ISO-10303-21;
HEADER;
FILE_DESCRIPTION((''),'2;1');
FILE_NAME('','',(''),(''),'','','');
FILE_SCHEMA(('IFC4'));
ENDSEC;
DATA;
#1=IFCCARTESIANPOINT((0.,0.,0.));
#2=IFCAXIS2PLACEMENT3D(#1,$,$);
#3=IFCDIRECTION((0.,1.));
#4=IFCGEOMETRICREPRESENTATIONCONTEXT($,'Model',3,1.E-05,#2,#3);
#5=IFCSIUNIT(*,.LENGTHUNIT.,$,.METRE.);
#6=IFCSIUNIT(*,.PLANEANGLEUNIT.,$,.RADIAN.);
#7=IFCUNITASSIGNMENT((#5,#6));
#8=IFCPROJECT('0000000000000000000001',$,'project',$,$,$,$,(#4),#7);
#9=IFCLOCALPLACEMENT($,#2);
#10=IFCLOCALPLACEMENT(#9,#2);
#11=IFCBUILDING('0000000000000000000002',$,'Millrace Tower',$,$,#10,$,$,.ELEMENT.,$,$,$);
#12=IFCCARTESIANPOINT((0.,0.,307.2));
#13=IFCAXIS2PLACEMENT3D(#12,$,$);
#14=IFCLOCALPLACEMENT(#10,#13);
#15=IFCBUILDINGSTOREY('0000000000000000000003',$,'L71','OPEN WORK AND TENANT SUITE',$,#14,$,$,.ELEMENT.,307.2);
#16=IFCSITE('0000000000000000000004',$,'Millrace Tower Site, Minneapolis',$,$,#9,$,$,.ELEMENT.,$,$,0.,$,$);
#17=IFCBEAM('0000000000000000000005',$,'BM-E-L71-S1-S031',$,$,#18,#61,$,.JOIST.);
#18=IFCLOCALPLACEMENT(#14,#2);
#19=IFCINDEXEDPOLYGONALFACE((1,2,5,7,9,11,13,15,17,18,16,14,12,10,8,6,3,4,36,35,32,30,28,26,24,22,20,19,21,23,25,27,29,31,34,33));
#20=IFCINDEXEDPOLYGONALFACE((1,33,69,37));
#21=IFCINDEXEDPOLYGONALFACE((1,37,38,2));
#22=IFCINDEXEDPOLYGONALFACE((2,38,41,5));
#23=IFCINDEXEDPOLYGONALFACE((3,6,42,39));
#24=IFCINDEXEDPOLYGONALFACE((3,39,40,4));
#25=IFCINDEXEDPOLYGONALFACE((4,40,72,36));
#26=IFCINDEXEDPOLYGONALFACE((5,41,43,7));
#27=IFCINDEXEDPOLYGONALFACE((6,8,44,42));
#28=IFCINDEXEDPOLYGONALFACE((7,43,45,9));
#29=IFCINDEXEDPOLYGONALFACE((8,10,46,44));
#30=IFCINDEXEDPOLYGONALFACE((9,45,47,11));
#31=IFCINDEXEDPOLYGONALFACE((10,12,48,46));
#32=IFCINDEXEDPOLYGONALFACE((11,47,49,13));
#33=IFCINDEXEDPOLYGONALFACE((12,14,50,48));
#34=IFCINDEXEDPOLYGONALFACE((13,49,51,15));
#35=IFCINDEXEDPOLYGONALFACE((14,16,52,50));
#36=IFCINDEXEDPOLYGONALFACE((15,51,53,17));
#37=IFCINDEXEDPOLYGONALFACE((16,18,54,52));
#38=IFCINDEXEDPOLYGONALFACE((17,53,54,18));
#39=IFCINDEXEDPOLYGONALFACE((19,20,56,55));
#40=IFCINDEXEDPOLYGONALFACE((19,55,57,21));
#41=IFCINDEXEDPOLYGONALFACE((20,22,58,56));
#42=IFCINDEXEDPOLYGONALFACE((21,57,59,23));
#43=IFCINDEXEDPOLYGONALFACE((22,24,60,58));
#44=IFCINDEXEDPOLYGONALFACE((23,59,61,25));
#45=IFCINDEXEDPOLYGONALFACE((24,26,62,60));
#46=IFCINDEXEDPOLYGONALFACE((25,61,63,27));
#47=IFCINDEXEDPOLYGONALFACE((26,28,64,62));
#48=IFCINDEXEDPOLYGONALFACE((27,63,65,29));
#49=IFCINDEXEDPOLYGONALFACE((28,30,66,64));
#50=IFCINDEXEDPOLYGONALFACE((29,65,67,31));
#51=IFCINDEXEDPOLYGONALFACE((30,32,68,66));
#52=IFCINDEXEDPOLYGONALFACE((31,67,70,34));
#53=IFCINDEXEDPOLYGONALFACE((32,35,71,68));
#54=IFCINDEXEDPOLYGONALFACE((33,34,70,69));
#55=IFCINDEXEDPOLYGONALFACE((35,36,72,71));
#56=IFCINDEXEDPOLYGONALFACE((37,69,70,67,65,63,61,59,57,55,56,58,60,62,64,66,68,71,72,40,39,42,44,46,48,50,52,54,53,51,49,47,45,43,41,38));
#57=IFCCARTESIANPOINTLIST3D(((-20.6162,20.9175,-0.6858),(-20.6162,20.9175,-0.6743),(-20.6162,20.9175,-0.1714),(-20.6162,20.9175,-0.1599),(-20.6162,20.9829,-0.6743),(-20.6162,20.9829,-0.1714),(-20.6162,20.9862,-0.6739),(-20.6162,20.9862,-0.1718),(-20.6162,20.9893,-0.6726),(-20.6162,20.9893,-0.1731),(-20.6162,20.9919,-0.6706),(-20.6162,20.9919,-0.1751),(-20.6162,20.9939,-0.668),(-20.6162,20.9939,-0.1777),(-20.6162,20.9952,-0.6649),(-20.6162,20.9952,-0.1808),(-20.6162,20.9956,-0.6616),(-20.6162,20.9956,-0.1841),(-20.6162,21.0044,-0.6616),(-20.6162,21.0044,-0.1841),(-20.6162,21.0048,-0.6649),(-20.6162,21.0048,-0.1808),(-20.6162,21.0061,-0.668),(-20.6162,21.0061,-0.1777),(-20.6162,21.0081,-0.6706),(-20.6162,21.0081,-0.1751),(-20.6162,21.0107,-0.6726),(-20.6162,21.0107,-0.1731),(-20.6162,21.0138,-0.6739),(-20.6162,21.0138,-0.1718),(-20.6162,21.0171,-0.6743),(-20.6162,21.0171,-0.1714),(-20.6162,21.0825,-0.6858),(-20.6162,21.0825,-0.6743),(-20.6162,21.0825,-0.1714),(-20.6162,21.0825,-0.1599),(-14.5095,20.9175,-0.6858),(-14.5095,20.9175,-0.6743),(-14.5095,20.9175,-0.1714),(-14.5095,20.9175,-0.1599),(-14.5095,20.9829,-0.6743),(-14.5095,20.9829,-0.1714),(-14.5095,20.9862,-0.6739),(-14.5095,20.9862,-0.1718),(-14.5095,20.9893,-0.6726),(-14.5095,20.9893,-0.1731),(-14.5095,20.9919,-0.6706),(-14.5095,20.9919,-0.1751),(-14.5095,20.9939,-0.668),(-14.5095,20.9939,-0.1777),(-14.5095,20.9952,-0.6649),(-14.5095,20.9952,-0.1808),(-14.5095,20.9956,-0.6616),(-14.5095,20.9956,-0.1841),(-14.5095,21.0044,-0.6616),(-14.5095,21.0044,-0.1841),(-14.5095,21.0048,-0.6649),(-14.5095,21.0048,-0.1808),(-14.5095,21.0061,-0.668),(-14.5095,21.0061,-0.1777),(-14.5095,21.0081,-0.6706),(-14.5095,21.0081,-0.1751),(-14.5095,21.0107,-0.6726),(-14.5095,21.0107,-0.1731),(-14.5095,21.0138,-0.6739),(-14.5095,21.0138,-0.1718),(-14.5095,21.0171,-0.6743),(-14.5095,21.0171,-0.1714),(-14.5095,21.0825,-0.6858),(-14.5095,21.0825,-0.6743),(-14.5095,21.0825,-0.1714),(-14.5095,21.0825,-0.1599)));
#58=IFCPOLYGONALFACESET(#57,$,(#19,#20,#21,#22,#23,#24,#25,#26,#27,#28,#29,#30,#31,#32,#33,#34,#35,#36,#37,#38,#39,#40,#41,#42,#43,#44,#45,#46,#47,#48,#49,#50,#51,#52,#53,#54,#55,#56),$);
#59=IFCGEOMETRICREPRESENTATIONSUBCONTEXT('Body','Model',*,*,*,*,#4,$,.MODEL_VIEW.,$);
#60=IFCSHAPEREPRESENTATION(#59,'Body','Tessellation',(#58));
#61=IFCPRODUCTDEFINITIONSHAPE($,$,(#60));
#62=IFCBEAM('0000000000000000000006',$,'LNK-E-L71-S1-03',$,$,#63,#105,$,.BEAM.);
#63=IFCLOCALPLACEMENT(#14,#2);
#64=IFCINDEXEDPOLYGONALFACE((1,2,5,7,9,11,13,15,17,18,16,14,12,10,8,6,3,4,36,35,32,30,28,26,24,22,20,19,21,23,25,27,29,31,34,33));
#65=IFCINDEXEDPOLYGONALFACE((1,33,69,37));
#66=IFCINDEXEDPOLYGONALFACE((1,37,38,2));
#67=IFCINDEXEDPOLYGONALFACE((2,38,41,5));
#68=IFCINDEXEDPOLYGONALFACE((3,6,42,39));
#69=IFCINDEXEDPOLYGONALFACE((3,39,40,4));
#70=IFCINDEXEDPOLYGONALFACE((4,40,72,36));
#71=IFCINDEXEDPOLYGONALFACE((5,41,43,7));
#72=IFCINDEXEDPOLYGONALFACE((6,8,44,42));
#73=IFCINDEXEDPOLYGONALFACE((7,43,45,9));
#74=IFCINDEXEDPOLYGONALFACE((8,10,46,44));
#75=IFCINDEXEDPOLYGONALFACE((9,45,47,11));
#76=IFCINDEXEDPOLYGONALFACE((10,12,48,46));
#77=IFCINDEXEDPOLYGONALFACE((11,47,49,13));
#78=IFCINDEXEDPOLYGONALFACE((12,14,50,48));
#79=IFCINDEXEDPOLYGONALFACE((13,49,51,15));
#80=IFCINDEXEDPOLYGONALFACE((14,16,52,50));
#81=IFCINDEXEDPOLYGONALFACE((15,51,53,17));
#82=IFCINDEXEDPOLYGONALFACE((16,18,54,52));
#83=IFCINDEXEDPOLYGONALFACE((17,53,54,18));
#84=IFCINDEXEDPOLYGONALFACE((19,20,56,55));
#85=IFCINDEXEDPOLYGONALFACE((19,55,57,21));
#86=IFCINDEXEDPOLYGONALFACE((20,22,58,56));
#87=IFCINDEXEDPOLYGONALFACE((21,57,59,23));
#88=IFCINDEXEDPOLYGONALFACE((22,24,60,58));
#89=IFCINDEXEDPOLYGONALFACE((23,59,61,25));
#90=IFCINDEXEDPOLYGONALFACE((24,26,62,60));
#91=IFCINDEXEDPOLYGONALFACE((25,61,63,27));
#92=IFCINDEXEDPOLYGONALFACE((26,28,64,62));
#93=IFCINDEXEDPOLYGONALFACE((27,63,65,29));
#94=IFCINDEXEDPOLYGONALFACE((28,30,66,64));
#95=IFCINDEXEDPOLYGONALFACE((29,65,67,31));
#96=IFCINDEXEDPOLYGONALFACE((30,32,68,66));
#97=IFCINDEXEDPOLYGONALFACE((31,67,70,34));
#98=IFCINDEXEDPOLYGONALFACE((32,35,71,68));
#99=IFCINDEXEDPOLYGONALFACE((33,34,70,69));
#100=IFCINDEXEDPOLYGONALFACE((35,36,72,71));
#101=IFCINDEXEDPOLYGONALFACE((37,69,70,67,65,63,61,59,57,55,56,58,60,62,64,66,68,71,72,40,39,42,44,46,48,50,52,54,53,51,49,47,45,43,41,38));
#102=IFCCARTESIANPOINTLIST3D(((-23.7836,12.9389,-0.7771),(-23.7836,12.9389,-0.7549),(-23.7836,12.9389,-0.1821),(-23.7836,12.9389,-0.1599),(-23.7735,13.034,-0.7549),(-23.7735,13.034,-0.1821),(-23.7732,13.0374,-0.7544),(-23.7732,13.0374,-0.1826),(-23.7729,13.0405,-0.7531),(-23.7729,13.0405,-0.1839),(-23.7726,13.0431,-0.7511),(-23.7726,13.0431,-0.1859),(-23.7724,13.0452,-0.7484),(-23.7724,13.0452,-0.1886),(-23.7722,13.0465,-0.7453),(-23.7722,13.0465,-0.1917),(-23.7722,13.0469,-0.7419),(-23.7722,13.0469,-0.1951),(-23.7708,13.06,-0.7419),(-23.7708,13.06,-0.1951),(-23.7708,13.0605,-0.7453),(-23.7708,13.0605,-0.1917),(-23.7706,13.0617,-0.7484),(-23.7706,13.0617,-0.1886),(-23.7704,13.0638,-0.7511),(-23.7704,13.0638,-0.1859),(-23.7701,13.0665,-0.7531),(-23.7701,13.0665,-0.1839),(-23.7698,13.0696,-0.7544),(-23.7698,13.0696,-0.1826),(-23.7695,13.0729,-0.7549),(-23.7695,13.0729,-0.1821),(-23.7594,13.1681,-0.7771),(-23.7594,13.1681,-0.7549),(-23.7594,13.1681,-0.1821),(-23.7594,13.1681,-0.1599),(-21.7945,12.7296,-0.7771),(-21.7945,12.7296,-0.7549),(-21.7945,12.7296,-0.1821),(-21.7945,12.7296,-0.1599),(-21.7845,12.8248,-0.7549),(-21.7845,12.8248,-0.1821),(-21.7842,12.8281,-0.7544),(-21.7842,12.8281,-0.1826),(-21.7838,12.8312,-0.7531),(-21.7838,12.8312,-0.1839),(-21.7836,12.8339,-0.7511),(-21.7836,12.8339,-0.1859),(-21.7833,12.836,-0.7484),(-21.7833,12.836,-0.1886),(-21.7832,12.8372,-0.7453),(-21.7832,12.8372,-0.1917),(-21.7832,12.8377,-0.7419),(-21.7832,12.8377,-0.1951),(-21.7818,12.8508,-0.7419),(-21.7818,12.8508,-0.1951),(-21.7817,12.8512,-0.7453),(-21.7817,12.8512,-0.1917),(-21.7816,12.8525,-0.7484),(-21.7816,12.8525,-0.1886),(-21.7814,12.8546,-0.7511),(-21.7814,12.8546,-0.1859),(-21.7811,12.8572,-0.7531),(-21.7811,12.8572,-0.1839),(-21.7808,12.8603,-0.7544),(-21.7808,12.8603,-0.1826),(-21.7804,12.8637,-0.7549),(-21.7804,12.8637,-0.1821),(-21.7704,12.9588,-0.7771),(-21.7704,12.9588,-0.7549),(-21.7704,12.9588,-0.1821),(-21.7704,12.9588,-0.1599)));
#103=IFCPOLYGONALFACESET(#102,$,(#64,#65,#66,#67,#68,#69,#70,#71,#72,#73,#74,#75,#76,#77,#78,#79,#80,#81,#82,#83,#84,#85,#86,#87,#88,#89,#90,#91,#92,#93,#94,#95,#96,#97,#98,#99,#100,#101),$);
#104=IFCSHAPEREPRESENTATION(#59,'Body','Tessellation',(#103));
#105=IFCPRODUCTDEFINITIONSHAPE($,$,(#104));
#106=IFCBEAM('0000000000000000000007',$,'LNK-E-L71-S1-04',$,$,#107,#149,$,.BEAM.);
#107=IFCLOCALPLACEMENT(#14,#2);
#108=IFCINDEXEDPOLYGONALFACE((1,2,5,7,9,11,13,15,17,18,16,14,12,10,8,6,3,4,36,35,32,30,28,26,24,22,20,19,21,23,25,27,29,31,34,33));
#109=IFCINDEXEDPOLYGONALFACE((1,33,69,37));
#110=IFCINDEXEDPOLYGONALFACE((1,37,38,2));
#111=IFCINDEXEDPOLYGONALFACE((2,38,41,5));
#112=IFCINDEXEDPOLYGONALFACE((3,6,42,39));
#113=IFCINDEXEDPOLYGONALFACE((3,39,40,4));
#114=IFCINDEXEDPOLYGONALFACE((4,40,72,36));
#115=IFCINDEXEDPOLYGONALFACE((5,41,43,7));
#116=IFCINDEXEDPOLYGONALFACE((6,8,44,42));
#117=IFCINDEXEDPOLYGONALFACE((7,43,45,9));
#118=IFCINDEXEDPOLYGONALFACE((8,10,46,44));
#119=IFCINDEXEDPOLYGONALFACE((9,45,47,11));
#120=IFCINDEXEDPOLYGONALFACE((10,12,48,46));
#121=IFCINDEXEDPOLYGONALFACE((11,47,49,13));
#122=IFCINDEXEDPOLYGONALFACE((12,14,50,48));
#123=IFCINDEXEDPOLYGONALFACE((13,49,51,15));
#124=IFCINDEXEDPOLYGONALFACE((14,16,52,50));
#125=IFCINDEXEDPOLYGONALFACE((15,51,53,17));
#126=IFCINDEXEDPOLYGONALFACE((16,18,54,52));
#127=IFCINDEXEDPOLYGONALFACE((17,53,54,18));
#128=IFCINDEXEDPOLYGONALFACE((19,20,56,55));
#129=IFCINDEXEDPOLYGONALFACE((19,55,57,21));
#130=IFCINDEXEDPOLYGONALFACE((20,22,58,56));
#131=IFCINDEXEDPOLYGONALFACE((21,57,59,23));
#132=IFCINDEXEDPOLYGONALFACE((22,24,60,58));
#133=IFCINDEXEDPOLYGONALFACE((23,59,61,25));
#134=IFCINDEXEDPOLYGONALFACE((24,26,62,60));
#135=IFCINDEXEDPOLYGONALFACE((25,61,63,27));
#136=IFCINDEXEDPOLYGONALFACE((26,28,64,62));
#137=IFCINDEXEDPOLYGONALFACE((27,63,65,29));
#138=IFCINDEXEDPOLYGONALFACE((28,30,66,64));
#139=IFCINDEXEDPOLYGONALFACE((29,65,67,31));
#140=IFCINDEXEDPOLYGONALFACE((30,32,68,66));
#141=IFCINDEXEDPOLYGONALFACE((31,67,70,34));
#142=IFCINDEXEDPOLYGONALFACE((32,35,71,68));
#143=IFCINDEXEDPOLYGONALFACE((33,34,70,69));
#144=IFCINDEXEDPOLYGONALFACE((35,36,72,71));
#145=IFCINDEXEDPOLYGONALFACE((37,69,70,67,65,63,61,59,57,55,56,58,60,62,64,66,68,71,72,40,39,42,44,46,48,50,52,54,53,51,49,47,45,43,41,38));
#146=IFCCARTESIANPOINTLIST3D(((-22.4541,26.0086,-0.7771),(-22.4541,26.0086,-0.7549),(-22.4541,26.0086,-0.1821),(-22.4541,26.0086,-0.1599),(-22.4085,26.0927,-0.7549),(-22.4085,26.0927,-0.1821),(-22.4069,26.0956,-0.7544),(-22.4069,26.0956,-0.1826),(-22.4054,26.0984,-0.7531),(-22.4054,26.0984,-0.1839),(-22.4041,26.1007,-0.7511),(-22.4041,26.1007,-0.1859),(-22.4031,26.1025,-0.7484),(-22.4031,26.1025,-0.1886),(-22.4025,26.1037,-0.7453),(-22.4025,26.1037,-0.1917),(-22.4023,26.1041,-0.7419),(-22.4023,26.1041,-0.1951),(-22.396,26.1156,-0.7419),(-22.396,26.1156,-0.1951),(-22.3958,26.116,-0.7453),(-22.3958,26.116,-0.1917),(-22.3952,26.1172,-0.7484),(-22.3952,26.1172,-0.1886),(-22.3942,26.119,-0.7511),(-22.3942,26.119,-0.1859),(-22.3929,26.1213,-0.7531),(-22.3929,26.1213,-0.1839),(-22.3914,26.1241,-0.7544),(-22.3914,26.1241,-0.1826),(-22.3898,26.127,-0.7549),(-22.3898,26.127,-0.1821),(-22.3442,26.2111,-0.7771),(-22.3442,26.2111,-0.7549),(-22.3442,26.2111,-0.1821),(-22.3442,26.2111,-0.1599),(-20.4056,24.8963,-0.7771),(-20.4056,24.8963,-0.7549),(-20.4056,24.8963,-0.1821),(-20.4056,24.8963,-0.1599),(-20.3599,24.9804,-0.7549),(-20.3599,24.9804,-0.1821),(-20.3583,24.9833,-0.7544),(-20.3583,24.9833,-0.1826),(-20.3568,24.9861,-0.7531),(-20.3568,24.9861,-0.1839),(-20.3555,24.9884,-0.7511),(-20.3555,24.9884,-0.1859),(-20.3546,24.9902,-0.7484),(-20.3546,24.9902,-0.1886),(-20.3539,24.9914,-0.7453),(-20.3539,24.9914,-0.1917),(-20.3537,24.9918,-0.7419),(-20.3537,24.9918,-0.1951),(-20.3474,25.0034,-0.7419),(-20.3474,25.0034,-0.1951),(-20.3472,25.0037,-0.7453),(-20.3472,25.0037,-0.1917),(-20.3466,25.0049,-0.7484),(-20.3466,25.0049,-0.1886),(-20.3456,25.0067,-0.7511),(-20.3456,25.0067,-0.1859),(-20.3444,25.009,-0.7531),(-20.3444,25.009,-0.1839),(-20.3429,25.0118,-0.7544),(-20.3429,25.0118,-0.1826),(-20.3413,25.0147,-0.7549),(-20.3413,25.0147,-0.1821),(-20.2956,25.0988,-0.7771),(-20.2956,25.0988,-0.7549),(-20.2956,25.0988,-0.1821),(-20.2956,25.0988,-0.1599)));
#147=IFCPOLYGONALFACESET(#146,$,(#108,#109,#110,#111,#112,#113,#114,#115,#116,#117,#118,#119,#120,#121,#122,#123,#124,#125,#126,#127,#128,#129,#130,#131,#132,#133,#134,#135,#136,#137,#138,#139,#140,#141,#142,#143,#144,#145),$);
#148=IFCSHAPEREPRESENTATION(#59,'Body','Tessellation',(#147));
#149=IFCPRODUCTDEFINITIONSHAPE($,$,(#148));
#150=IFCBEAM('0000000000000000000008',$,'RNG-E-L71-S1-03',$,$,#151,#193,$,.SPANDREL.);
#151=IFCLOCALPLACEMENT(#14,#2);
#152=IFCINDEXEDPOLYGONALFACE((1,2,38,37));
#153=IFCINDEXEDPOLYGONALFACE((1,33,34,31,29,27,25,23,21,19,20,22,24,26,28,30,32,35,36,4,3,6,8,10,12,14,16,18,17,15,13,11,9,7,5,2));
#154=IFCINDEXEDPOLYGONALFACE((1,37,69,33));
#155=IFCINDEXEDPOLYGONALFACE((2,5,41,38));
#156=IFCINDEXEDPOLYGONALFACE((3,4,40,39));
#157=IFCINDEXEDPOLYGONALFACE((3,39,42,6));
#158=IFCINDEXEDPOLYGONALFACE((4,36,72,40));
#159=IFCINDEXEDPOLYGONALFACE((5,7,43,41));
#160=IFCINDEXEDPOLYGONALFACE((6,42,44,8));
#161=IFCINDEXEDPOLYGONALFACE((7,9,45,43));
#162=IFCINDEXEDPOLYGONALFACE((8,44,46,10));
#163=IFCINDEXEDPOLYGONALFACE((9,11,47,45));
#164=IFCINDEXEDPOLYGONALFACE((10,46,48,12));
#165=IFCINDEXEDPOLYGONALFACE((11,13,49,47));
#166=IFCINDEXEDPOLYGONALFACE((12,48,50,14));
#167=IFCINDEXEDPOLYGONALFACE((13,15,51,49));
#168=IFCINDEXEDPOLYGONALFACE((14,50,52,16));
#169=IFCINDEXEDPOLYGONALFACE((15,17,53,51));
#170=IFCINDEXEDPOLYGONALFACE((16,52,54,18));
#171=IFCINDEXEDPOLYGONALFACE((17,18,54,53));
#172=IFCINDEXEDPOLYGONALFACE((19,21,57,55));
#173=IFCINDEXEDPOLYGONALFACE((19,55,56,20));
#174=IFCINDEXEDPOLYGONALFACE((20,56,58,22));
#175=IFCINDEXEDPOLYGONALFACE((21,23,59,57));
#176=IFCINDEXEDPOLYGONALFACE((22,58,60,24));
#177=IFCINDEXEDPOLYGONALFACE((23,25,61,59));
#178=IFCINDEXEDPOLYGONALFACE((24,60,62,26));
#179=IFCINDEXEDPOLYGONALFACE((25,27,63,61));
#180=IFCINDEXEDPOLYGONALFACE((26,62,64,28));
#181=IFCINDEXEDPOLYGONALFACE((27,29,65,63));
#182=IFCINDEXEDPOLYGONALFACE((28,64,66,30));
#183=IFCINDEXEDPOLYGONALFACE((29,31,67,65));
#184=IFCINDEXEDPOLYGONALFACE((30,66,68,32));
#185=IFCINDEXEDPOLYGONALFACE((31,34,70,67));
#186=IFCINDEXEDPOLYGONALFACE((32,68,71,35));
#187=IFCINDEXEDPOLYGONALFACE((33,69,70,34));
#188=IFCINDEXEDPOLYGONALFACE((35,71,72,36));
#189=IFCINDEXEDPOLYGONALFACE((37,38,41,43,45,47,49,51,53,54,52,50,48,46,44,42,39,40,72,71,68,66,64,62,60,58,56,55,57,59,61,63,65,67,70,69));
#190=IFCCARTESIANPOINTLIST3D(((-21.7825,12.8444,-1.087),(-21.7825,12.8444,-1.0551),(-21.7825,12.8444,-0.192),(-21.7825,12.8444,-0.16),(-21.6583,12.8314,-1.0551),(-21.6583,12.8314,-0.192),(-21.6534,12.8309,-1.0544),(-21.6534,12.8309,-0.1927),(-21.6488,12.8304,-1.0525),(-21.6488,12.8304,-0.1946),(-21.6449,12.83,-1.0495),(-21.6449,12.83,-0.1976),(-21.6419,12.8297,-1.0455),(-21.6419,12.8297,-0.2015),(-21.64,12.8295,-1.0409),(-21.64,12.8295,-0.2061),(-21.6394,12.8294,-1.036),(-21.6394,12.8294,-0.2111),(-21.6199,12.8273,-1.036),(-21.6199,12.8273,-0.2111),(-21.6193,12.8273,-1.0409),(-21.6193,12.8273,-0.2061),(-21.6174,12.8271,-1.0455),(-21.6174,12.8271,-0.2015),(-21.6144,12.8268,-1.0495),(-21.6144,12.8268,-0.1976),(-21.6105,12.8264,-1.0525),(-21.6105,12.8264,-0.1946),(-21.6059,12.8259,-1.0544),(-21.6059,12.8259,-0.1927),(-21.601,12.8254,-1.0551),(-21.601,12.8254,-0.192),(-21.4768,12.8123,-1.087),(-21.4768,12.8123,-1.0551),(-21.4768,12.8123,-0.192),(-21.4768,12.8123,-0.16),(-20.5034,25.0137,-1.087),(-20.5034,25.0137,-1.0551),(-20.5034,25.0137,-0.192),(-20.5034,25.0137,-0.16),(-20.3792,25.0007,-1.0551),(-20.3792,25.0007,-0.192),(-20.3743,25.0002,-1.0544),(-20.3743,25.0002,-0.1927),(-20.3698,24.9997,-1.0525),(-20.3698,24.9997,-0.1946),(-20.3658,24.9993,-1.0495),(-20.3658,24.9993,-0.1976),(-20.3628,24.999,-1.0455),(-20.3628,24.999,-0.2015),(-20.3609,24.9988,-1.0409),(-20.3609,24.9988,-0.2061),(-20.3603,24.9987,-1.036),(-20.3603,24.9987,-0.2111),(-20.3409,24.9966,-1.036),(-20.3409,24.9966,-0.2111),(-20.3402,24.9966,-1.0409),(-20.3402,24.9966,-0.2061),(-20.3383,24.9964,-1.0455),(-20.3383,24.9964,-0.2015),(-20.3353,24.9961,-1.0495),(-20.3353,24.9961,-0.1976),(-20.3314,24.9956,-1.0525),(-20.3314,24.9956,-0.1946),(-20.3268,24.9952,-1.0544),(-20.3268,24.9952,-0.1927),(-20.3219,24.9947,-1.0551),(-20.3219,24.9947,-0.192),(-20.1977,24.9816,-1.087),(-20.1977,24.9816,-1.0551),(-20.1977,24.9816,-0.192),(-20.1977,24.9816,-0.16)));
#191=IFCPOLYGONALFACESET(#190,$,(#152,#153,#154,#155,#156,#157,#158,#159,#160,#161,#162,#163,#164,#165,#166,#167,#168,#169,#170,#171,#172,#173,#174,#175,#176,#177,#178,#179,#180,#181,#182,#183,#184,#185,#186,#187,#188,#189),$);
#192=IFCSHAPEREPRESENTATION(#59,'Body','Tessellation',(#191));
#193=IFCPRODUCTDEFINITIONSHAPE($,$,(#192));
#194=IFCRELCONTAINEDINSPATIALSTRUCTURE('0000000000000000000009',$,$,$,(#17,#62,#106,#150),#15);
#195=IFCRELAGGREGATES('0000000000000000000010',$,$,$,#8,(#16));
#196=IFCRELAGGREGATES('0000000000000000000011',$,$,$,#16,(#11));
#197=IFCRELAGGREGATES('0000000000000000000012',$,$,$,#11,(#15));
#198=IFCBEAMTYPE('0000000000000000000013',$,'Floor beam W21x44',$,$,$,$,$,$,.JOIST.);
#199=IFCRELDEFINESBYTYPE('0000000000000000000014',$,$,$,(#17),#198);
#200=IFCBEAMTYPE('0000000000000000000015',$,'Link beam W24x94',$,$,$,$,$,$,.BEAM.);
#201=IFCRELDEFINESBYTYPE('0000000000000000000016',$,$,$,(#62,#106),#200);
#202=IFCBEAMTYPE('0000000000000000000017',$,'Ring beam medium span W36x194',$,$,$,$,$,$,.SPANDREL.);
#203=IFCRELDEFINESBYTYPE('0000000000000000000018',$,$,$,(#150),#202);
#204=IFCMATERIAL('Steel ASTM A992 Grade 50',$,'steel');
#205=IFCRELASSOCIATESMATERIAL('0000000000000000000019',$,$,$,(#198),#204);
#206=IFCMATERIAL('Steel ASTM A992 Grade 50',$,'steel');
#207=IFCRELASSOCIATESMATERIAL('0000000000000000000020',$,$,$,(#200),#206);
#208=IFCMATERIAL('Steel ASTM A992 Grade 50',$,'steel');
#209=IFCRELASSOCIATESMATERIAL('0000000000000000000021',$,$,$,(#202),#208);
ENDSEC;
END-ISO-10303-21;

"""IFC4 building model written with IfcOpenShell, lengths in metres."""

from ifc_helpers import new_model, si_unit, direction, frame, origin, origin_2d, place, context, subcontext, project, spatial, i_section, extrude, material, material_profile, profile_set, type_object, element, save


model = new_model("IFC4")

# Units and contexts
model_context = context("Model", 3, precision=1e-05, world=origin(), true_north=direction((0.0, 1.0)))
body_context = subcontext(model_context, "Body", "Model", "MODEL_VIEW")
ifc_project = project(units=[si_unit("LENGTHUNIT", "METRE"), si_unit("PLANEANGLEUNIT", "RADIAN")], contexts=[model_context])

# Site, building, storey
site_placement = place(None, origin())
site = spatial("IfcSite", under=ifc_project, at=site_placement, Name="Millrace Tower Site, Minneapolis", CompositionType="ELEMENT", RefElevation=0.0)
building_placement = place(site_placement, origin())
building = spatial("IfcBuilding", under=site, at=building_placement, Name="Millrace Tower", CompositionType="ELEMENT")
storey_placement = place(building_placement, frame((0.0, 0.0, 307.2)))
storey = spatial("IfcBuildingStorey", under=building, at=storey_placement, Name="L71", Description="OPEN WORK AND TENANT SUITE", CompositionType="ELEMENT", Elevation=307.2)

# Beams
ifc_material_1 = material(Name="Steel ASTM A992 Grade 50", Category="steel")
ifc_material_profile_1 = material_profile(ifc_material_1, i_section(OverallWidth=0.165, OverallDepth=0.5259, WebThickness=0.0088, FlangeThickness=0.0115, FilletRadius=0.0127, at=origin_2d()))
ifc_profile_set_1 = profile_set([ifc_material_profile_1], Name="Steel ASTM A992 Grade 50")
beam_type_1 = type_object("IfcBeamType", Name="Floor beam W21x44", PredefinedType="JOIST", material=ifc_profile_set_1)
beam_1_placement = place(storey_placement, frame((-20.6162, 21.0, -0.4229), z_axis=(1.0, 0.0, 0.0), x_axis=(0.0, 1.0, 0.0)))
element("IfcBeam", 1, at=beam_1_placement, inside=storey, type_object=beam_type_1, Name="BM-E-L71-S1-S031", PredefinedType="JOIST", context=body_context, shape_type="SweptSolid", body=[
    extrude(i_section(OverallWidth=0.165, OverallDepth=0.5259, WebThickness=0.0088, FlangeThickness=0.0115, FilletRadius=0.0127, at=origin_2d()), origin(), (0.0, 0.0, 1.0), 6.1067),
])
ifc_material_2 = material(Name="Steel ASTM A992 Grade 50", Category="steel")
ifc_material_profile_2 = material_profile(ifc_material_2, i_section(OverallWidth=0.2305, OverallDepth=0.6172, WebThickness=0.0132, FlangeThickness=0.0222, FilletRadius=0.0129, at=origin_2d()))
ifc_profile_set_2 = profile_set([ifc_material_profile_2], Name="Steel ASTM A992 Grade 50")
beam_type_2 = type_object("IfcBeamType", Name="Link beam W24x94", PredefinedType="BEAM", material=ifc_profile_set_2)
beam_2_placement = place(storey_placement, frame((-21.7825, 12.8442, -0.4685), z_axis=(-0.994513, 0.104615, 0.0), x_axis=(-0.104615, -0.994513, 0.0)))
element("IfcBeam", 2, at=beam_2_placement, inside=storey, type_object=beam_type_2, Name="LNK-E-L71-S1-03", PredefinedType="BEAM", context=body_context, shape_type="SweptSolid", body=[
    extrude(i_section(OverallWidth=0.2305, OverallDepth=0.6172, WebThickness=0.0132, FlangeThickness=0.0222, FilletRadius=0.0129, at=origin_2d()), origin(), (0.0, 0.0, 1.0), 2.0),
])
beam_3_placement = place(storey_placement, frame((-20.3506, 24.9976, -0.4685), z_axis=(-0.878815, 0.477164, 0.0), x_axis=(-0.477164, -0.878815, 0.0)))
element("IfcBeam", 3, at=beam_3_placement, inside=storey, type_object=beam_type_2, Name="LNK-E-L71-S1-04", PredefinedType="BEAM", context=body_context, shape_type="SweptSolid", body=[
    extrude(i_section(OverallWidth=0.2305, OverallDepth=0.6172, WebThickness=0.0132, FlangeThickness=0.0222, FilletRadius=0.0129, at=origin_2d()), origin(), (0.0, 0.0, 1.0), 2.3311),
])
ifc_material_3 = material(Name="Steel ASTM A992 Grade 50", Category="steel")
ifc_material_profile_3 = material_profile(ifc_material_3, i_section(OverallWidth=0.3074, OverallDepth=0.927, WebThickness=0.0195, FlangeThickness=0.032, FilletRadius=0.019, at=origin_2d()))
ifc_profile_set_3 = profile_set([ifc_material_profile_3], Name="Steel ASTM A992 Grade 50")
beam_type_3 = type_object("IfcBeamType", Name="Ring beam medium span W36x194", PredefinedType="SPANDREL", material=ifc_profile_set_3)
beam_4_placement = place(storey_placement, frame((-21.6296, 12.8284, -0.6235), z_axis=(0.10453, 0.994522, 0.0), x_axis=(-0.994522, 0.10453, 0.0)))
element("IfcBeam", 4, at=beam_4_placement, inside=storey, type_object=beam_type_3, Name="RNG-E-L71-S1-03", PredefinedType="SPANDREL", context=body_context, shape_type="SweptSolid", body=[
    extrude(i_section(OverallWidth=0.3074, OverallDepth=0.927, WebThickness=0.0195, FlangeThickness=0.032, FilletRadius=0.019, at=origin_2d()), origin(), (0.0, 0.0, 1.0), 12.2363),
])

save(model, "model.ifc")
